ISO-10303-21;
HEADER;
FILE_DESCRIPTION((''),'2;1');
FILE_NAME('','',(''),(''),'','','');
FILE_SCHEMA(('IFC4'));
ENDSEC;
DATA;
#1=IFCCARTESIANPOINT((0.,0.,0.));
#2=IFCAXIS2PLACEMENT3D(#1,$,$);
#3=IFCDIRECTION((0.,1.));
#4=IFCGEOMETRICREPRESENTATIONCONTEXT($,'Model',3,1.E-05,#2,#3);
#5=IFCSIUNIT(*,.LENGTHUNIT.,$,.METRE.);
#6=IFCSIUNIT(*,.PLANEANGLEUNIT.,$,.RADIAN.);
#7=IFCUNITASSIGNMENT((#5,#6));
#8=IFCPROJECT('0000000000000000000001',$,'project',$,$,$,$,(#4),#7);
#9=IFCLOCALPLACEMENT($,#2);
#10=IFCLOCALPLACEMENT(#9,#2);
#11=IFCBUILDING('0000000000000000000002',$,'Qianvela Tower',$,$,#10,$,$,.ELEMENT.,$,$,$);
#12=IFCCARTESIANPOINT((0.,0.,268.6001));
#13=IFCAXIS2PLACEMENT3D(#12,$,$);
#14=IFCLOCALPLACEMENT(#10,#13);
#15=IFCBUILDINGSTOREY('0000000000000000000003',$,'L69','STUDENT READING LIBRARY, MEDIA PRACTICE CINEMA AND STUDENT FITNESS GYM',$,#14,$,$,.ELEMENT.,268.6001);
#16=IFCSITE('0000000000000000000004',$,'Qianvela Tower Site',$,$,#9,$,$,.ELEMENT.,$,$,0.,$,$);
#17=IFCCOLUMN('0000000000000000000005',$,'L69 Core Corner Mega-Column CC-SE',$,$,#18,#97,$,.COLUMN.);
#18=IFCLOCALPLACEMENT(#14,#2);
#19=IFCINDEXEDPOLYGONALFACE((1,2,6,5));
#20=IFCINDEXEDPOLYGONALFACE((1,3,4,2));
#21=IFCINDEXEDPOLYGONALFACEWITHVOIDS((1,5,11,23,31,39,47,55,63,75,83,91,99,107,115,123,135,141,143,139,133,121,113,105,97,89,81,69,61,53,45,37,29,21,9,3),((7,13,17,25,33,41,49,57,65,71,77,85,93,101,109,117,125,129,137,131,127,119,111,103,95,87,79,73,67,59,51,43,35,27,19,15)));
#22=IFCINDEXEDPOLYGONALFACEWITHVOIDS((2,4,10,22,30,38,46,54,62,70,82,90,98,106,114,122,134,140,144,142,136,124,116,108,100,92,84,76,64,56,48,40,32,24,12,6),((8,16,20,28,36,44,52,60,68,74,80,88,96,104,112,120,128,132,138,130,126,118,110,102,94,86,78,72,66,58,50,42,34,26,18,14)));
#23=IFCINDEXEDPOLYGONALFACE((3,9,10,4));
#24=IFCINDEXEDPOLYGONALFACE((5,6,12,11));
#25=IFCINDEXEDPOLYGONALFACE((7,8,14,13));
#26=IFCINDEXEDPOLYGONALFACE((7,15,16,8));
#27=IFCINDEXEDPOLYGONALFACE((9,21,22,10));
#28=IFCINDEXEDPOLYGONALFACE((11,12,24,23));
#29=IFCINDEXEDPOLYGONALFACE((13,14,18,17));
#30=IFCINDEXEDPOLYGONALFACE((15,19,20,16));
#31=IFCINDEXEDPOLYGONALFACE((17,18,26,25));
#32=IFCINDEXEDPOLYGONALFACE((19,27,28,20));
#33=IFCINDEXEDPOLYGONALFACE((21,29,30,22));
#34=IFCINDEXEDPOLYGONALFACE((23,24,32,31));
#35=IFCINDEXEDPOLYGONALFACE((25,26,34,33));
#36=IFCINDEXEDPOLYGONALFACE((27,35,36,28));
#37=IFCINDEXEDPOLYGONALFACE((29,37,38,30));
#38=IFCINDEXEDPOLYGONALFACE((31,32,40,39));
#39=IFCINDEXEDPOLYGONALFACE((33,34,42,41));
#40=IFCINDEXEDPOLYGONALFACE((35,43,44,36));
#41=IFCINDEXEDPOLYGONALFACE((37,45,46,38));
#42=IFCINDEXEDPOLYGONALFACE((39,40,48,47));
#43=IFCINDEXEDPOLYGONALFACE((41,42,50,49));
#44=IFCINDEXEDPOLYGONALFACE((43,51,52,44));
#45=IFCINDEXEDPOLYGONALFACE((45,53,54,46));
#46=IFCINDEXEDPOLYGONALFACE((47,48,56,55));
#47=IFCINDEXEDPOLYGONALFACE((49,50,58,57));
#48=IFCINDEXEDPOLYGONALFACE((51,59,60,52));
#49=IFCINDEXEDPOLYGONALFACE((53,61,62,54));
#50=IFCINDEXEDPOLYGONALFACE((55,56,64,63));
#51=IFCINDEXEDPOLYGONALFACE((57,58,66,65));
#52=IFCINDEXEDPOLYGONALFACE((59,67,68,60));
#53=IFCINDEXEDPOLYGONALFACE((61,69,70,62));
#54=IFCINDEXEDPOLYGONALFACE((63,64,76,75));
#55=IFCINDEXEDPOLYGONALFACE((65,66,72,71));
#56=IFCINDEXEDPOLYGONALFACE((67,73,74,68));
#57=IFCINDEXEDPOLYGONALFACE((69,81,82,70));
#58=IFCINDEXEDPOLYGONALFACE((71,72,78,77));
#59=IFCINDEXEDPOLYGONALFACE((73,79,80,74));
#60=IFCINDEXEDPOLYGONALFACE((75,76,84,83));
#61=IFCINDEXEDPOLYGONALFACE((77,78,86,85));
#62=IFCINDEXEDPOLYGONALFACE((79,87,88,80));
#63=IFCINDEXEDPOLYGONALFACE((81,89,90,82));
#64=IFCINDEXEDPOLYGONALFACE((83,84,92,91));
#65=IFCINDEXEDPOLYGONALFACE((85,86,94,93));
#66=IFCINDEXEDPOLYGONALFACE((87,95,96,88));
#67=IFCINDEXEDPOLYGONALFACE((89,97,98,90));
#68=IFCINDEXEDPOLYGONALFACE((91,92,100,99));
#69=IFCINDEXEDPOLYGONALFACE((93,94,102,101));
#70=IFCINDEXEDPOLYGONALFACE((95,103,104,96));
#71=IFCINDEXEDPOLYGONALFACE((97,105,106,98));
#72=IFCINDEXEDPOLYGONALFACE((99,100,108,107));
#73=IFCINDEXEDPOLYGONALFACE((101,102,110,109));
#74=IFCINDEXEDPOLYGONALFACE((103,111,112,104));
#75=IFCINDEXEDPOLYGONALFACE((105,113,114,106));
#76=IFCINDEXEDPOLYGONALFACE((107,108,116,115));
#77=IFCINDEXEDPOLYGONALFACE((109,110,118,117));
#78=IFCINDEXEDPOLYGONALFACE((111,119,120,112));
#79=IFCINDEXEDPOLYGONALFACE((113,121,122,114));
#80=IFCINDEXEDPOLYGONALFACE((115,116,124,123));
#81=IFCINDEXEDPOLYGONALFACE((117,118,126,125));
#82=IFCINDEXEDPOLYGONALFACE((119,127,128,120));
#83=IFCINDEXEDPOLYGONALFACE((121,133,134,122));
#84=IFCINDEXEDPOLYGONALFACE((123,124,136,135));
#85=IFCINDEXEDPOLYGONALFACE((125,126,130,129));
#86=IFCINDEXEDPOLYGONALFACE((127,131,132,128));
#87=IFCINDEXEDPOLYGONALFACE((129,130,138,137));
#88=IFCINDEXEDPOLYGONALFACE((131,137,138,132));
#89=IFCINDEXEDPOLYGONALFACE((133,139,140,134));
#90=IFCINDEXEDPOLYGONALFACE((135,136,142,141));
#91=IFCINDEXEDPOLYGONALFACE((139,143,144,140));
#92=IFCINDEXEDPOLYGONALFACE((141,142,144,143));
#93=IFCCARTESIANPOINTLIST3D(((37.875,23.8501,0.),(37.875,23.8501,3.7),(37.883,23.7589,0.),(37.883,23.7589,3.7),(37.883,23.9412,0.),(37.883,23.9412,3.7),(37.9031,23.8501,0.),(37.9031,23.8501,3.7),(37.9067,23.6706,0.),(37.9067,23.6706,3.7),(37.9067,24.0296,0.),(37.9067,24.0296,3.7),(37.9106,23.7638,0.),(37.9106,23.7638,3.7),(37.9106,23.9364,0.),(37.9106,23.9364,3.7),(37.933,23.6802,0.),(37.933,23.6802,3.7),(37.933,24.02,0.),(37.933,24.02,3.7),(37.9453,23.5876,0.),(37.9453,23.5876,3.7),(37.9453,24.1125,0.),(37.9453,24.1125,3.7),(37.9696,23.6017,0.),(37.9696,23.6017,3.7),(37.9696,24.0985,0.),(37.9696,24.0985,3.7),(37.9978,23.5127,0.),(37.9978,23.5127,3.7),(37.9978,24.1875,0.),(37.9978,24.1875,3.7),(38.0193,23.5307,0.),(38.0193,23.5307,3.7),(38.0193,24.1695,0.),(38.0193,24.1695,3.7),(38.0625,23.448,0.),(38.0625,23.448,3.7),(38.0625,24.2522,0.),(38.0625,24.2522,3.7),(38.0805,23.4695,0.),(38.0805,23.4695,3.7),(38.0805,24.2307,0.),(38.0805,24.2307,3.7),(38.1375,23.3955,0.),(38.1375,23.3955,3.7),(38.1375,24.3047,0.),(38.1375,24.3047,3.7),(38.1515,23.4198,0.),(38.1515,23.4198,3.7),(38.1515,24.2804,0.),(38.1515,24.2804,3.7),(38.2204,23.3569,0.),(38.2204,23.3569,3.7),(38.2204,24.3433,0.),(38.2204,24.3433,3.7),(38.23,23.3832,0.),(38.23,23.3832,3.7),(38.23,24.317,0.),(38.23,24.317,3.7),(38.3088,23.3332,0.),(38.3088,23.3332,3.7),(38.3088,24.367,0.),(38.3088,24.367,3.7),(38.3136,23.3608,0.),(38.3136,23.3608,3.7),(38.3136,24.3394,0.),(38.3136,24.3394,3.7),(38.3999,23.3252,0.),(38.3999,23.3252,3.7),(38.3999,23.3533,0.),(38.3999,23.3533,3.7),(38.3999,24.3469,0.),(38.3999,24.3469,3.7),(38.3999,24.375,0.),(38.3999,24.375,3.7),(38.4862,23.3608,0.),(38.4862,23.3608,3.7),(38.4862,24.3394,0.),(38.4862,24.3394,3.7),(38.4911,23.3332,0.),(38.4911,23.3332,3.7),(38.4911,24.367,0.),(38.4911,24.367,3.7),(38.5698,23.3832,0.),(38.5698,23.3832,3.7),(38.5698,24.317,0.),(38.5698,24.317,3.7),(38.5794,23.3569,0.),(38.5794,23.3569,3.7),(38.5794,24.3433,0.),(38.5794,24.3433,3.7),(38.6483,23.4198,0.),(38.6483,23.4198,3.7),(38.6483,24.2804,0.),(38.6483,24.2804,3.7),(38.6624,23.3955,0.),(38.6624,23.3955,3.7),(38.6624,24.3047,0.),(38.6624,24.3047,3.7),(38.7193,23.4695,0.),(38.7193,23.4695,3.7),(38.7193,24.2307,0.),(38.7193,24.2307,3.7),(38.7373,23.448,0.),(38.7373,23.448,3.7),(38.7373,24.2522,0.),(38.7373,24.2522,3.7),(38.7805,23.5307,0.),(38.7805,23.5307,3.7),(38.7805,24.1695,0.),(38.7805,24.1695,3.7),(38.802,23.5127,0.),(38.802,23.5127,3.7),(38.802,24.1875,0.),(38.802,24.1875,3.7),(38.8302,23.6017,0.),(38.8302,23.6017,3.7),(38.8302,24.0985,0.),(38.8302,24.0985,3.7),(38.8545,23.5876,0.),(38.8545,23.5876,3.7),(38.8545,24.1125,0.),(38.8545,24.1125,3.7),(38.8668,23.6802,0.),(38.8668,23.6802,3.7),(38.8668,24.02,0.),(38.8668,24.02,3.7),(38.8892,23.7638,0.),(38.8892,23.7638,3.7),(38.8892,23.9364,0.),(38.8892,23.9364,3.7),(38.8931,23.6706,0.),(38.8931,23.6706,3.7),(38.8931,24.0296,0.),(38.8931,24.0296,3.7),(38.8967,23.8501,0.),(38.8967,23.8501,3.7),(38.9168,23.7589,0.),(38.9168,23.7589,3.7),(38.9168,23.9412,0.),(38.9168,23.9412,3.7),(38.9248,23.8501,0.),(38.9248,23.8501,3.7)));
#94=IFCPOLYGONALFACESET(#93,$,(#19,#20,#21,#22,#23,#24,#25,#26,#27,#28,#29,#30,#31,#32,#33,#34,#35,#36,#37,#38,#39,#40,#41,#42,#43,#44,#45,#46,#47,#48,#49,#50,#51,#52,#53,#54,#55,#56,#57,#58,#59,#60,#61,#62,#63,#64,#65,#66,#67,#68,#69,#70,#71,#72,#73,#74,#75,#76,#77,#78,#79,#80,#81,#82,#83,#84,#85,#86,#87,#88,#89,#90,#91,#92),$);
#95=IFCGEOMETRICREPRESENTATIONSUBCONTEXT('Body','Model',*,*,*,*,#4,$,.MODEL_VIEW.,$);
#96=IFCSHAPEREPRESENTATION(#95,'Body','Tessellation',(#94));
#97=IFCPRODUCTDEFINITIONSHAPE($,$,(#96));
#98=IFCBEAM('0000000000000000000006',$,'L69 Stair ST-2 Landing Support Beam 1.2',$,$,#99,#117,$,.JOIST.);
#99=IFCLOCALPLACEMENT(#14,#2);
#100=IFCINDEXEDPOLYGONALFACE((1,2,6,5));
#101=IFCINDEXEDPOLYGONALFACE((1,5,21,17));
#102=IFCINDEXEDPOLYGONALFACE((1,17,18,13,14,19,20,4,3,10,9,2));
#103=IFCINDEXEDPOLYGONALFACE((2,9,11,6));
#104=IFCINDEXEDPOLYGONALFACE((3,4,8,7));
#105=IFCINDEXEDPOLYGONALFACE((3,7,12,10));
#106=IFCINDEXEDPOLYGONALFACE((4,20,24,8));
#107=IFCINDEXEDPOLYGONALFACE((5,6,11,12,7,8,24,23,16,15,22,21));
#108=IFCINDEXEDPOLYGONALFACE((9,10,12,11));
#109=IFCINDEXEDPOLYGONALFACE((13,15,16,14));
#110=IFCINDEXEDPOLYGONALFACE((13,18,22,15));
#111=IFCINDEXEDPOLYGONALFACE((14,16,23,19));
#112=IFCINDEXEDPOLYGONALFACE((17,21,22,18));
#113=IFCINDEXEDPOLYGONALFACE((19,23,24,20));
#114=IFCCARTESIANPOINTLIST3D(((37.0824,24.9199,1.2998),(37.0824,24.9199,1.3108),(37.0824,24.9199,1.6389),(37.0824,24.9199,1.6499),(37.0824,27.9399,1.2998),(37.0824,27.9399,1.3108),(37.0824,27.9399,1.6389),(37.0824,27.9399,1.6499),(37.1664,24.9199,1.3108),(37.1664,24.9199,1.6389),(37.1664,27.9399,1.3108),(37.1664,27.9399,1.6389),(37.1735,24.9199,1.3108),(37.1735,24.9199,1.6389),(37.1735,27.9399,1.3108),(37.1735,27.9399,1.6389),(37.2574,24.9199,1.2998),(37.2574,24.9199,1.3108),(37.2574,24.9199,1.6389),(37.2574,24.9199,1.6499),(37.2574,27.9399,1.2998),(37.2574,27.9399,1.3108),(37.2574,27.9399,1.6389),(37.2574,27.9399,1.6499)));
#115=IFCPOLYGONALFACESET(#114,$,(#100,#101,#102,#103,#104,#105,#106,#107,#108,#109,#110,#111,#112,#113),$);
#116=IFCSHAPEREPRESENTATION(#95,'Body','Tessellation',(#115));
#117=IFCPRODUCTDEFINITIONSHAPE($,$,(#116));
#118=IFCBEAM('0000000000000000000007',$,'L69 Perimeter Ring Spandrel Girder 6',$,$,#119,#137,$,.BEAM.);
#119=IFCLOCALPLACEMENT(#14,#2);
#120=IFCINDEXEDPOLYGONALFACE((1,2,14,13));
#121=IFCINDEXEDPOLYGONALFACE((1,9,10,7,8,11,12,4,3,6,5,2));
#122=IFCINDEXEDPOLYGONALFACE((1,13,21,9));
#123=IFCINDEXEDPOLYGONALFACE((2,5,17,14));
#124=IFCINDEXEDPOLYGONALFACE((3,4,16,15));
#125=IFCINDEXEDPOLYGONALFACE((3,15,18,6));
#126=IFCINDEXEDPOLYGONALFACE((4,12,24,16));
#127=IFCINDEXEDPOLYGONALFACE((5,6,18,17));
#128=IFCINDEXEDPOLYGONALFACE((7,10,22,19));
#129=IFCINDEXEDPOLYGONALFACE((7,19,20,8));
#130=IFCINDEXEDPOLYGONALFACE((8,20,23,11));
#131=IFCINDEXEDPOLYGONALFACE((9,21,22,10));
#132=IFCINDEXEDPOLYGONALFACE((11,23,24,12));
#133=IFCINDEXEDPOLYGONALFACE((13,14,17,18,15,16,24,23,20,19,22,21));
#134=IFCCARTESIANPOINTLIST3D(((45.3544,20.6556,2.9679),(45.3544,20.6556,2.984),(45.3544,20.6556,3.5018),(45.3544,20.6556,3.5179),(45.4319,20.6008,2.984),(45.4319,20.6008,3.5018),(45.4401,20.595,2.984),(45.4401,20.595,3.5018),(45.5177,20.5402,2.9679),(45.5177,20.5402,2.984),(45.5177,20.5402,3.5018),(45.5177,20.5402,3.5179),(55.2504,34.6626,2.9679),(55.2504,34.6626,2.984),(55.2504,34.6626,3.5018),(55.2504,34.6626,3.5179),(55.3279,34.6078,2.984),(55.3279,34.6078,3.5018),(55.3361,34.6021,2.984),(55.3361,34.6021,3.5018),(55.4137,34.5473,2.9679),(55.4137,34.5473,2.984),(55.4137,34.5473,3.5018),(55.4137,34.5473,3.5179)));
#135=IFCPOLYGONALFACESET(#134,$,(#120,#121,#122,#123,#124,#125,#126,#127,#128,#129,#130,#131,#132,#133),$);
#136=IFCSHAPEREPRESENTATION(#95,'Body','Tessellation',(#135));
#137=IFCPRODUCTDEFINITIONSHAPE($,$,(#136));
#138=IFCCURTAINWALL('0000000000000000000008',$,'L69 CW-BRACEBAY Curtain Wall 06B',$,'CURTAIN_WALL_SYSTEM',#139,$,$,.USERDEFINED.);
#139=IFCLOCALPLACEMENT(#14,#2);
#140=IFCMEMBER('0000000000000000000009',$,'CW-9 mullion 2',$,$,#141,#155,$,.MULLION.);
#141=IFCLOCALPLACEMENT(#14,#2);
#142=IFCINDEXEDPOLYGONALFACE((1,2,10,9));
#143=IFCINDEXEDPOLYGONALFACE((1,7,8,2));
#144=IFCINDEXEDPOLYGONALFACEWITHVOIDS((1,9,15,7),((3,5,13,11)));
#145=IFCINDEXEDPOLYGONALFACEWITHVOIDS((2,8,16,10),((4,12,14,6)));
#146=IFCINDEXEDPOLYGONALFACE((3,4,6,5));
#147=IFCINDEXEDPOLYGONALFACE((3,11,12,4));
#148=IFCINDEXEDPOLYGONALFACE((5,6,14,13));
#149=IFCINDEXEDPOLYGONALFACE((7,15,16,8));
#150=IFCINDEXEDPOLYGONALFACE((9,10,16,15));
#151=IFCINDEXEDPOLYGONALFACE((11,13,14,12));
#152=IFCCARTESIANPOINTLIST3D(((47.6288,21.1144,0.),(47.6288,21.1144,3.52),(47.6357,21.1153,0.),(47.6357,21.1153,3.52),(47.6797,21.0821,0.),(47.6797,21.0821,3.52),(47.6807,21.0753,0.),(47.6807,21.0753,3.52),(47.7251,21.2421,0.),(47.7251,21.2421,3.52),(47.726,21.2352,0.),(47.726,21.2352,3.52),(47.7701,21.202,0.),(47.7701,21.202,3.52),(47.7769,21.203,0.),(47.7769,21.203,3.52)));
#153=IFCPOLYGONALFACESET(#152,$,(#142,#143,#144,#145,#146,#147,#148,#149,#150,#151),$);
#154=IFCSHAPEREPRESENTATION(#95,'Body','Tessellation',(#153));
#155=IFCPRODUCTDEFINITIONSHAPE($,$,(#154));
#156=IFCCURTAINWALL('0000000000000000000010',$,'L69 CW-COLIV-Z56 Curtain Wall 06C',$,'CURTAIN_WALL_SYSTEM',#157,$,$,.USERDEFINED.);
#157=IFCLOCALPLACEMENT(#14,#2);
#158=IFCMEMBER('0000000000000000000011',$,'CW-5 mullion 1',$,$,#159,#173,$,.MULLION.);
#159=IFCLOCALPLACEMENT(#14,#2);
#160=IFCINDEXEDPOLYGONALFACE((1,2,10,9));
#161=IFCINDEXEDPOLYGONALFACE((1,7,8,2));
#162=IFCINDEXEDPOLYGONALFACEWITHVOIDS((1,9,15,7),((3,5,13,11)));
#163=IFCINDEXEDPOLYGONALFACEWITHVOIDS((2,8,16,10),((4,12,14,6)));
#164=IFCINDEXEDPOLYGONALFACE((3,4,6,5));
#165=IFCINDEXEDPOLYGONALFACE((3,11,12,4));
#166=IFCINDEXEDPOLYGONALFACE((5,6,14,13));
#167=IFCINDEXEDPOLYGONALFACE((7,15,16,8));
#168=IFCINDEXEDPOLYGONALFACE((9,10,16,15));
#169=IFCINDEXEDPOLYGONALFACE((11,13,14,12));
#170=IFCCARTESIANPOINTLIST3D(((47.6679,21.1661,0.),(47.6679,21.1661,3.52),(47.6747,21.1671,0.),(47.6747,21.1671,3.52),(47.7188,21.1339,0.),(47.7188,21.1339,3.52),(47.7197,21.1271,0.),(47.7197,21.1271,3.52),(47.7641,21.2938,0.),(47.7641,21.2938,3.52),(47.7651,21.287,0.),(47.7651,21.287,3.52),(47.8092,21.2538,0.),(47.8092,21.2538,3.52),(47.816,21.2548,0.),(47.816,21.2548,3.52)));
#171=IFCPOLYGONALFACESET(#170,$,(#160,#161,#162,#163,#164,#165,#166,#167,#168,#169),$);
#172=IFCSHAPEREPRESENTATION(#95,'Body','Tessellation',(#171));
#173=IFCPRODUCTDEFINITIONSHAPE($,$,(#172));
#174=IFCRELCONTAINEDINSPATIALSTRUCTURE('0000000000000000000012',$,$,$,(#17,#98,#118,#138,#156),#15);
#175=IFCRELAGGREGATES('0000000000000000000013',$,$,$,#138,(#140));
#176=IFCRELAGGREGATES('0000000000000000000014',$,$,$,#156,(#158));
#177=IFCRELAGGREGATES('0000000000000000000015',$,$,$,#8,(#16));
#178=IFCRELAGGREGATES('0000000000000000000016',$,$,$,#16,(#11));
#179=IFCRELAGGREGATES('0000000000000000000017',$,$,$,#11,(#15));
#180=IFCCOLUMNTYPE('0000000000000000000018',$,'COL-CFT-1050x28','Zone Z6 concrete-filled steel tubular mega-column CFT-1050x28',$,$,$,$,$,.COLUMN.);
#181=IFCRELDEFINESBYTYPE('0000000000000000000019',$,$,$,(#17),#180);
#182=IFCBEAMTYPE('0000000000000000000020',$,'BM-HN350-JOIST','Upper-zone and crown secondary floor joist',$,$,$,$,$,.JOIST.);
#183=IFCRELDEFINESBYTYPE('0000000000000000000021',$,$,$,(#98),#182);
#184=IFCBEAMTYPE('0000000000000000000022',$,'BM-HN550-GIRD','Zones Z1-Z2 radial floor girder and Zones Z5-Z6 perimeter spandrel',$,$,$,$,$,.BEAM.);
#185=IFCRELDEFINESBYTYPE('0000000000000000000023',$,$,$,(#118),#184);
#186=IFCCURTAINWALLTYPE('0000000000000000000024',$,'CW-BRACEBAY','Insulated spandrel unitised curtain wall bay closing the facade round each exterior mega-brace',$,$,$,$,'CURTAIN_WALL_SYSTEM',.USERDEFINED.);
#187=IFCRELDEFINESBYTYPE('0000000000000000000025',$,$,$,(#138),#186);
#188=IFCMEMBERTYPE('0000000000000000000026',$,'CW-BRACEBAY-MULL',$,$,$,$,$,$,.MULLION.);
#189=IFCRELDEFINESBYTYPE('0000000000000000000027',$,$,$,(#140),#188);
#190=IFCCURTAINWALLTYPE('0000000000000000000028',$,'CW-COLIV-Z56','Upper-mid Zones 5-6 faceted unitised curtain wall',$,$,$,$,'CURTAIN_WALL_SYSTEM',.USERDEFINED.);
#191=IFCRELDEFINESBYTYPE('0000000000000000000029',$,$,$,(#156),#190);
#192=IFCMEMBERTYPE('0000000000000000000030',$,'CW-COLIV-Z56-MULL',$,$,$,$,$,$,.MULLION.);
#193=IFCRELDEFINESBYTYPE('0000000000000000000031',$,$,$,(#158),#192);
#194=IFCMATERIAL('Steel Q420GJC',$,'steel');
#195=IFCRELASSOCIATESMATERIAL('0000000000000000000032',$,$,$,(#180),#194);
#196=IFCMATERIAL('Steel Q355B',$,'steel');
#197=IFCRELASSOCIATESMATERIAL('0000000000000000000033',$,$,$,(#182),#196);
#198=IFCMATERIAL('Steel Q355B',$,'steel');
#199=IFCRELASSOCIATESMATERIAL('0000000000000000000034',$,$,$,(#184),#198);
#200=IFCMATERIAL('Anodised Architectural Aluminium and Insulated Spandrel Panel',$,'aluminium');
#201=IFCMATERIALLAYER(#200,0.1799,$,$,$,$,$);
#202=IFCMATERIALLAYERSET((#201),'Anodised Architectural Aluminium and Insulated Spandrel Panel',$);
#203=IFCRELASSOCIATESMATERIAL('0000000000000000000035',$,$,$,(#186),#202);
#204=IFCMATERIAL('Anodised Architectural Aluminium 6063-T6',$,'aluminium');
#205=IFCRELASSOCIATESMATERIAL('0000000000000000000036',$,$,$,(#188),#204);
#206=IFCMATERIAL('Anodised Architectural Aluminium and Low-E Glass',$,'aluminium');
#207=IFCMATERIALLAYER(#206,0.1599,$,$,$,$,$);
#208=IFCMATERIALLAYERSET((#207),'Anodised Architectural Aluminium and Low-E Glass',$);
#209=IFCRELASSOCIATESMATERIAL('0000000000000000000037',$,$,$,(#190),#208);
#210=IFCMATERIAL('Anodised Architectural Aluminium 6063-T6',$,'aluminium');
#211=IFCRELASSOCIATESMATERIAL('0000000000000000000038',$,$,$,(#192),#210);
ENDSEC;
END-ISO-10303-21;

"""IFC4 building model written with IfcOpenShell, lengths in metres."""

from ifc_helpers import new_model, si_unit, direction, frame, origin, origin_2d, place, context, subcontext, project, spatial, hollow_rectangle, hollow_circle, i_section, extrude, material, layer, layer_set, material_profile, profile_set, type_object, element, aggregate, save


model = new_model("IFC4")

# Units and contexts
model_context = context("Model", 3, precision=1e-05, world=origin(), true_north=direction((0.0, 1.0)))
body_context = subcontext(model_context, "Body", "Model", "MODEL_VIEW")
ifc_project = project(units=[si_unit("LENGTHUNIT", "METRE"), si_unit("PLANEANGLEUNIT", "RADIAN")], contexts=[model_context])

# Site, building, storey
site_placement = place(None, origin())
site = spatial("IfcSite", under=ifc_project, at=site_placement, Name="Qianvela Tower Site", CompositionType="ELEMENT", RefElevation=0.0)
building_placement = place(site_placement, origin())
building = spatial("IfcBuilding", under=site, at=building_placement, Name="Qianvela Tower", CompositionType="ELEMENT")
storey_placement = place(building_placement, frame((0.0, 0.0, 268.6001)))
storey = spatial("IfcBuildingStorey", under=building, at=storey_placement, Name="L69", Description="STUDENT READING LIBRARY, MEDIA PRACTICE CINEMA AND STUDENT FITNESS GYM", CompositionType="ELEMENT", Elevation=268.6001)

# Column
ifc_material_1 = material(Name="Steel Q420GJC", Category="steel")
ifc_material_profile_1 = material_profile(ifc_material_1, hollow_circle(Radius=0.5249, WallThickness=0.0281, at=origin_2d()), Name="CFT-1050x28")
ifc_profile_set_1 = profile_set([ifc_material_profile_1], Name="Steel Q420GJC")
column_type = type_object("IfcColumnType", Name="COL-CFT-1050x28", Description="Zone Z6 concrete-filled steel tubular mega-column CFT-1050x28", PredefinedType="COLUMN", material=ifc_profile_set_1)
column_placement = place(storey_placement, frame((38.3999, 23.8501, 0.0), z_axis=(0.0, 0.0, 1.0), x_axis=(1.0, 0.0, 0.0)))
element("IfcColumn", 1, at=column_placement, inside=storey, type_object=column_type, Name="L69 Core Corner Mega-Column CC-SE", PredefinedType="COLUMN", context=body_context, shape_type="SweptSolid", body=[
    extrude(hollow_circle(Radius=0.5249, WallThickness=0.0281, at=origin_2d()), origin(), (0.0, 0.0, 1.0), 3.7),
])

# Beams
ifc_material_2 = material(Name="Steel Q355B", Category="steel")
ifc_material_profile_2 = material_profile(ifc_material_2, i_section(OverallWidth=0.175, OverallDepth=0.3501, WebThickness=0.0071, FlangeThickness=0.011, at=origin_2d()), Name="HN350x175x7x11")
ifc_profile_set_2 = profile_set([ifc_material_profile_2], Name="Steel Q355B")
beam_type_1 = type_object("IfcBeamType", Name="BM-HN350-JOIST", Description="Upper-zone and crown secondary floor joist", PredefinedType="JOIST", material=ifc_profile_set_2)
beam_1_placement = place(storey_placement, frame((37.1699, 24.9199, 1.4749), z_axis=(0.0, 1.0, 0.0), x_axis=(-1.0, 0.0, 0.0)))
element("IfcBeam", 2, at=beam_1_placement, inside=storey, type_object=beam_type_1, Name="L69 Stair ST-2 Landing Support Beam 1.2", PredefinedType="JOIST", context=body_context, shape_type="SweptSolid", body=[
    extrude(i_section(OverallWidth=0.175, OverallDepth=0.3501, WebThickness=0.0071, FlangeThickness=0.011, at=origin_2d()), origin(), (0.0, 0.0, 1.0), 3.02),
])
ifc_material_3 = material(Name="Steel Q355B", Category="steel")
ifc_material_profile_3 = material_profile(ifc_material_3, i_section(OverallWidth=0.2, OverallDepth=0.55, WebThickness=0.01, FlangeThickness=0.0161, at=origin_2d()), Name="HN550x200x10x16")
ifc_profile_set_3 = profile_set([ifc_material_profile_3], Name="Steel Q355B")
beam_type_2 = type_object("IfcBeamType", Name="BM-HN550-GIRD", Description="Zones Z1-Z2 radial floor girder and Zones Z5-Z6 perimeter spandrel", PredefinedType="BEAM", material=ifc_profile_set_3)
beam_2_placement = place(storey_placement, frame((45.436, 20.5979, 3.2429), z_axis=(0.57702, 0.81673, 0.0), x_axis=(-0.81673, 0.57702, 0.0)))
element("IfcBeam", 3, at=beam_2_placement, inside=storey, type_object=beam_type_2, Name="L69 Perimeter Ring Spandrel Girder 6", PredefinedType="BEAM", context=body_context, shape_type="SweptSolid", body=[
    extrude(i_section(OverallWidth=0.2, OverallDepth=0.55, WebThickness=0.01, FlangeThickness=0.0161, at=origin_2d()), origin(), (0.0, 0.0, 1.0), 17.1501),
])

# Curtain wall, member
ifc_material_4 = material(Name="Anodised Architectural Aluminium and Insulated Spandrel Panel", Category="aluminium")
ifc_layer_1 = layer(ifc_material_4, 0.1799)
ifc_layer_set_1 = layer_set([ifc_layer_1], Name="Anodised Architectural Aluminium and Insulated Spandrel Panel")
curtain_wall_type_1 = type_object("IfcCurtainWallType", Name="CW-BRACEBAY", Description="Insulated spandrel unitised curtain wall bay closing the facade round each exterior mega-brace", ElementType="CURTAIN_WALL_SYSTEM", PredefinedType="USERDEFINED", material=ifc_layer_set_1)
curtain_wall_1_placement = place(storey_placement, origin())
curtain_wall_1 = element("IfcCurtainWall", 4, at=curtain_wall_1_placement, inside=storey, type_object=curtain_wall_type_1, Name="L69 CW-BRACEBAY Curtain Wall 06B", ObjectType="CURTAIN_WALL_SYSTEM", PredefinedType="USERDEFINED")
ifc_material_5 = material(Name="Anodised Architectural Aluminium 6063-T6", Category="aluminium")
ifc_material_profile_4 = material_profile(ifc_material_5, hollow_rectangle(XDim=0.0649, YDim=0.1599, WallThickness=0.0049, at=origin_2d()), Name="ALU-MULL-65x160")
ifc_profile_set_4 = profile_set([ifc_material_profile_4], Name="Anodised Architectural Aluminium 6063-T6")
member_type_1 = type_object("IfcMemberType", Name="CW-BRACEBAY-MULL", PredefinedType="MULLION", material=ifc_profile_set_4)
member_1_placement = place(storey_placement, frame((47.7029, 21.1587, 0.0), z_axis=(0.0, 0.0, 1.0), x_axis=(-0.798566, 0.601907, 0.0)))
member_1 = element("IfcMember", 5, at=member_1_placement, type_object=member_type_1, Name="CW-9 mullion 2", PredefinedType="MULLION", context=body_context, shape_type="SweptSolid", body=[
    extrude(hollow_rectangle(XDim=0.0649, YDim=0.1599, WallThickness=0.0049, at=origin_2d()), origin(), (0.0, 0.0, 1.0), 3.52),
])
aggregate(curtain_wall_1, [member_1])

# Curtain wall, member
ifc_material_6 = material(Name="Anodised Architectural Aluminium and Low-E Glass", Category="aluminium")
ifc_layer_2 = layer(ifc_material_6, 0.1599)
ifc_layer_set_2 = layer_set([ifc_layer_2], Name="Anodised Architectural Aluminium and Low-E Glass")
curtain_wall_type_2 = type_object("IfcCurtainWallType", Name="CW-COLIV-Z56", Description="Upper-mid Zones 5-6 faceted unitised curtain wall", ElementType="CURTAIN_WALL_SYSTEM", PredefinedType="USERDEFINED", material=ifc_layer_set_2)
curtain_wall_2_placement = place(storey_placement, origin())
curtain_wall_2 = element("IfcCurtainWall", 6, at=curtain_wall_2_placement, inside=storey, type_object=curtain_wall_type_2, Name="L69 CW-COLIV-Z56 Curtain Wall 06C", ObjectType="CURTAIN_WALL_SYSTEM", PredefinedType="USERDEFINED")
ifc_material_7 = material(Name="Anodised Architectural Aluminium 6063-T6", Category="aluminium")
ifc_material_profile_5 = material_profile(ifc_material_7, hollow_rectangle(XDim=0.0649, YDim=0.1599, WallThickness=0.0049, at=origin_2d()), Name="ALU-MULL-65x160")
ifc_profile_set_5 = profile_set([ifc_material_profile_5], Name="Anodised Architectural Aluminium 6063-T6")
member_type_2 = type_object("IfcMemberType", Name="CW-COLIV-Z56-MULL", PredefinedType="MULLION", material=ifc_profile_set_5)
member_2_placement = place(storey_placement, frame((47.7419, 21.2104, 0.0), z_axis=(0.0, 0.0, 1.0), x_axis=(-0.798563, 0.601911, 0.0)))
member_2 = element("IfcMember", 7, at=member_2_placement, type_object=member_type_2, Name="CW-5 mullion 1", PredefinedType="MULLION", context=body_context, shape_type="SweptSolid", body=[
    extrude(hollow_rectangle(XDim=0.0649, YDim=0.1599, WallThickness=0.0049, at=origin_2d()), origin(), (0.0, 0.0, 1.0), 3.52),
])

aggregate(curtain_wall_2, [member_2])

save(model, "model.ifc")
